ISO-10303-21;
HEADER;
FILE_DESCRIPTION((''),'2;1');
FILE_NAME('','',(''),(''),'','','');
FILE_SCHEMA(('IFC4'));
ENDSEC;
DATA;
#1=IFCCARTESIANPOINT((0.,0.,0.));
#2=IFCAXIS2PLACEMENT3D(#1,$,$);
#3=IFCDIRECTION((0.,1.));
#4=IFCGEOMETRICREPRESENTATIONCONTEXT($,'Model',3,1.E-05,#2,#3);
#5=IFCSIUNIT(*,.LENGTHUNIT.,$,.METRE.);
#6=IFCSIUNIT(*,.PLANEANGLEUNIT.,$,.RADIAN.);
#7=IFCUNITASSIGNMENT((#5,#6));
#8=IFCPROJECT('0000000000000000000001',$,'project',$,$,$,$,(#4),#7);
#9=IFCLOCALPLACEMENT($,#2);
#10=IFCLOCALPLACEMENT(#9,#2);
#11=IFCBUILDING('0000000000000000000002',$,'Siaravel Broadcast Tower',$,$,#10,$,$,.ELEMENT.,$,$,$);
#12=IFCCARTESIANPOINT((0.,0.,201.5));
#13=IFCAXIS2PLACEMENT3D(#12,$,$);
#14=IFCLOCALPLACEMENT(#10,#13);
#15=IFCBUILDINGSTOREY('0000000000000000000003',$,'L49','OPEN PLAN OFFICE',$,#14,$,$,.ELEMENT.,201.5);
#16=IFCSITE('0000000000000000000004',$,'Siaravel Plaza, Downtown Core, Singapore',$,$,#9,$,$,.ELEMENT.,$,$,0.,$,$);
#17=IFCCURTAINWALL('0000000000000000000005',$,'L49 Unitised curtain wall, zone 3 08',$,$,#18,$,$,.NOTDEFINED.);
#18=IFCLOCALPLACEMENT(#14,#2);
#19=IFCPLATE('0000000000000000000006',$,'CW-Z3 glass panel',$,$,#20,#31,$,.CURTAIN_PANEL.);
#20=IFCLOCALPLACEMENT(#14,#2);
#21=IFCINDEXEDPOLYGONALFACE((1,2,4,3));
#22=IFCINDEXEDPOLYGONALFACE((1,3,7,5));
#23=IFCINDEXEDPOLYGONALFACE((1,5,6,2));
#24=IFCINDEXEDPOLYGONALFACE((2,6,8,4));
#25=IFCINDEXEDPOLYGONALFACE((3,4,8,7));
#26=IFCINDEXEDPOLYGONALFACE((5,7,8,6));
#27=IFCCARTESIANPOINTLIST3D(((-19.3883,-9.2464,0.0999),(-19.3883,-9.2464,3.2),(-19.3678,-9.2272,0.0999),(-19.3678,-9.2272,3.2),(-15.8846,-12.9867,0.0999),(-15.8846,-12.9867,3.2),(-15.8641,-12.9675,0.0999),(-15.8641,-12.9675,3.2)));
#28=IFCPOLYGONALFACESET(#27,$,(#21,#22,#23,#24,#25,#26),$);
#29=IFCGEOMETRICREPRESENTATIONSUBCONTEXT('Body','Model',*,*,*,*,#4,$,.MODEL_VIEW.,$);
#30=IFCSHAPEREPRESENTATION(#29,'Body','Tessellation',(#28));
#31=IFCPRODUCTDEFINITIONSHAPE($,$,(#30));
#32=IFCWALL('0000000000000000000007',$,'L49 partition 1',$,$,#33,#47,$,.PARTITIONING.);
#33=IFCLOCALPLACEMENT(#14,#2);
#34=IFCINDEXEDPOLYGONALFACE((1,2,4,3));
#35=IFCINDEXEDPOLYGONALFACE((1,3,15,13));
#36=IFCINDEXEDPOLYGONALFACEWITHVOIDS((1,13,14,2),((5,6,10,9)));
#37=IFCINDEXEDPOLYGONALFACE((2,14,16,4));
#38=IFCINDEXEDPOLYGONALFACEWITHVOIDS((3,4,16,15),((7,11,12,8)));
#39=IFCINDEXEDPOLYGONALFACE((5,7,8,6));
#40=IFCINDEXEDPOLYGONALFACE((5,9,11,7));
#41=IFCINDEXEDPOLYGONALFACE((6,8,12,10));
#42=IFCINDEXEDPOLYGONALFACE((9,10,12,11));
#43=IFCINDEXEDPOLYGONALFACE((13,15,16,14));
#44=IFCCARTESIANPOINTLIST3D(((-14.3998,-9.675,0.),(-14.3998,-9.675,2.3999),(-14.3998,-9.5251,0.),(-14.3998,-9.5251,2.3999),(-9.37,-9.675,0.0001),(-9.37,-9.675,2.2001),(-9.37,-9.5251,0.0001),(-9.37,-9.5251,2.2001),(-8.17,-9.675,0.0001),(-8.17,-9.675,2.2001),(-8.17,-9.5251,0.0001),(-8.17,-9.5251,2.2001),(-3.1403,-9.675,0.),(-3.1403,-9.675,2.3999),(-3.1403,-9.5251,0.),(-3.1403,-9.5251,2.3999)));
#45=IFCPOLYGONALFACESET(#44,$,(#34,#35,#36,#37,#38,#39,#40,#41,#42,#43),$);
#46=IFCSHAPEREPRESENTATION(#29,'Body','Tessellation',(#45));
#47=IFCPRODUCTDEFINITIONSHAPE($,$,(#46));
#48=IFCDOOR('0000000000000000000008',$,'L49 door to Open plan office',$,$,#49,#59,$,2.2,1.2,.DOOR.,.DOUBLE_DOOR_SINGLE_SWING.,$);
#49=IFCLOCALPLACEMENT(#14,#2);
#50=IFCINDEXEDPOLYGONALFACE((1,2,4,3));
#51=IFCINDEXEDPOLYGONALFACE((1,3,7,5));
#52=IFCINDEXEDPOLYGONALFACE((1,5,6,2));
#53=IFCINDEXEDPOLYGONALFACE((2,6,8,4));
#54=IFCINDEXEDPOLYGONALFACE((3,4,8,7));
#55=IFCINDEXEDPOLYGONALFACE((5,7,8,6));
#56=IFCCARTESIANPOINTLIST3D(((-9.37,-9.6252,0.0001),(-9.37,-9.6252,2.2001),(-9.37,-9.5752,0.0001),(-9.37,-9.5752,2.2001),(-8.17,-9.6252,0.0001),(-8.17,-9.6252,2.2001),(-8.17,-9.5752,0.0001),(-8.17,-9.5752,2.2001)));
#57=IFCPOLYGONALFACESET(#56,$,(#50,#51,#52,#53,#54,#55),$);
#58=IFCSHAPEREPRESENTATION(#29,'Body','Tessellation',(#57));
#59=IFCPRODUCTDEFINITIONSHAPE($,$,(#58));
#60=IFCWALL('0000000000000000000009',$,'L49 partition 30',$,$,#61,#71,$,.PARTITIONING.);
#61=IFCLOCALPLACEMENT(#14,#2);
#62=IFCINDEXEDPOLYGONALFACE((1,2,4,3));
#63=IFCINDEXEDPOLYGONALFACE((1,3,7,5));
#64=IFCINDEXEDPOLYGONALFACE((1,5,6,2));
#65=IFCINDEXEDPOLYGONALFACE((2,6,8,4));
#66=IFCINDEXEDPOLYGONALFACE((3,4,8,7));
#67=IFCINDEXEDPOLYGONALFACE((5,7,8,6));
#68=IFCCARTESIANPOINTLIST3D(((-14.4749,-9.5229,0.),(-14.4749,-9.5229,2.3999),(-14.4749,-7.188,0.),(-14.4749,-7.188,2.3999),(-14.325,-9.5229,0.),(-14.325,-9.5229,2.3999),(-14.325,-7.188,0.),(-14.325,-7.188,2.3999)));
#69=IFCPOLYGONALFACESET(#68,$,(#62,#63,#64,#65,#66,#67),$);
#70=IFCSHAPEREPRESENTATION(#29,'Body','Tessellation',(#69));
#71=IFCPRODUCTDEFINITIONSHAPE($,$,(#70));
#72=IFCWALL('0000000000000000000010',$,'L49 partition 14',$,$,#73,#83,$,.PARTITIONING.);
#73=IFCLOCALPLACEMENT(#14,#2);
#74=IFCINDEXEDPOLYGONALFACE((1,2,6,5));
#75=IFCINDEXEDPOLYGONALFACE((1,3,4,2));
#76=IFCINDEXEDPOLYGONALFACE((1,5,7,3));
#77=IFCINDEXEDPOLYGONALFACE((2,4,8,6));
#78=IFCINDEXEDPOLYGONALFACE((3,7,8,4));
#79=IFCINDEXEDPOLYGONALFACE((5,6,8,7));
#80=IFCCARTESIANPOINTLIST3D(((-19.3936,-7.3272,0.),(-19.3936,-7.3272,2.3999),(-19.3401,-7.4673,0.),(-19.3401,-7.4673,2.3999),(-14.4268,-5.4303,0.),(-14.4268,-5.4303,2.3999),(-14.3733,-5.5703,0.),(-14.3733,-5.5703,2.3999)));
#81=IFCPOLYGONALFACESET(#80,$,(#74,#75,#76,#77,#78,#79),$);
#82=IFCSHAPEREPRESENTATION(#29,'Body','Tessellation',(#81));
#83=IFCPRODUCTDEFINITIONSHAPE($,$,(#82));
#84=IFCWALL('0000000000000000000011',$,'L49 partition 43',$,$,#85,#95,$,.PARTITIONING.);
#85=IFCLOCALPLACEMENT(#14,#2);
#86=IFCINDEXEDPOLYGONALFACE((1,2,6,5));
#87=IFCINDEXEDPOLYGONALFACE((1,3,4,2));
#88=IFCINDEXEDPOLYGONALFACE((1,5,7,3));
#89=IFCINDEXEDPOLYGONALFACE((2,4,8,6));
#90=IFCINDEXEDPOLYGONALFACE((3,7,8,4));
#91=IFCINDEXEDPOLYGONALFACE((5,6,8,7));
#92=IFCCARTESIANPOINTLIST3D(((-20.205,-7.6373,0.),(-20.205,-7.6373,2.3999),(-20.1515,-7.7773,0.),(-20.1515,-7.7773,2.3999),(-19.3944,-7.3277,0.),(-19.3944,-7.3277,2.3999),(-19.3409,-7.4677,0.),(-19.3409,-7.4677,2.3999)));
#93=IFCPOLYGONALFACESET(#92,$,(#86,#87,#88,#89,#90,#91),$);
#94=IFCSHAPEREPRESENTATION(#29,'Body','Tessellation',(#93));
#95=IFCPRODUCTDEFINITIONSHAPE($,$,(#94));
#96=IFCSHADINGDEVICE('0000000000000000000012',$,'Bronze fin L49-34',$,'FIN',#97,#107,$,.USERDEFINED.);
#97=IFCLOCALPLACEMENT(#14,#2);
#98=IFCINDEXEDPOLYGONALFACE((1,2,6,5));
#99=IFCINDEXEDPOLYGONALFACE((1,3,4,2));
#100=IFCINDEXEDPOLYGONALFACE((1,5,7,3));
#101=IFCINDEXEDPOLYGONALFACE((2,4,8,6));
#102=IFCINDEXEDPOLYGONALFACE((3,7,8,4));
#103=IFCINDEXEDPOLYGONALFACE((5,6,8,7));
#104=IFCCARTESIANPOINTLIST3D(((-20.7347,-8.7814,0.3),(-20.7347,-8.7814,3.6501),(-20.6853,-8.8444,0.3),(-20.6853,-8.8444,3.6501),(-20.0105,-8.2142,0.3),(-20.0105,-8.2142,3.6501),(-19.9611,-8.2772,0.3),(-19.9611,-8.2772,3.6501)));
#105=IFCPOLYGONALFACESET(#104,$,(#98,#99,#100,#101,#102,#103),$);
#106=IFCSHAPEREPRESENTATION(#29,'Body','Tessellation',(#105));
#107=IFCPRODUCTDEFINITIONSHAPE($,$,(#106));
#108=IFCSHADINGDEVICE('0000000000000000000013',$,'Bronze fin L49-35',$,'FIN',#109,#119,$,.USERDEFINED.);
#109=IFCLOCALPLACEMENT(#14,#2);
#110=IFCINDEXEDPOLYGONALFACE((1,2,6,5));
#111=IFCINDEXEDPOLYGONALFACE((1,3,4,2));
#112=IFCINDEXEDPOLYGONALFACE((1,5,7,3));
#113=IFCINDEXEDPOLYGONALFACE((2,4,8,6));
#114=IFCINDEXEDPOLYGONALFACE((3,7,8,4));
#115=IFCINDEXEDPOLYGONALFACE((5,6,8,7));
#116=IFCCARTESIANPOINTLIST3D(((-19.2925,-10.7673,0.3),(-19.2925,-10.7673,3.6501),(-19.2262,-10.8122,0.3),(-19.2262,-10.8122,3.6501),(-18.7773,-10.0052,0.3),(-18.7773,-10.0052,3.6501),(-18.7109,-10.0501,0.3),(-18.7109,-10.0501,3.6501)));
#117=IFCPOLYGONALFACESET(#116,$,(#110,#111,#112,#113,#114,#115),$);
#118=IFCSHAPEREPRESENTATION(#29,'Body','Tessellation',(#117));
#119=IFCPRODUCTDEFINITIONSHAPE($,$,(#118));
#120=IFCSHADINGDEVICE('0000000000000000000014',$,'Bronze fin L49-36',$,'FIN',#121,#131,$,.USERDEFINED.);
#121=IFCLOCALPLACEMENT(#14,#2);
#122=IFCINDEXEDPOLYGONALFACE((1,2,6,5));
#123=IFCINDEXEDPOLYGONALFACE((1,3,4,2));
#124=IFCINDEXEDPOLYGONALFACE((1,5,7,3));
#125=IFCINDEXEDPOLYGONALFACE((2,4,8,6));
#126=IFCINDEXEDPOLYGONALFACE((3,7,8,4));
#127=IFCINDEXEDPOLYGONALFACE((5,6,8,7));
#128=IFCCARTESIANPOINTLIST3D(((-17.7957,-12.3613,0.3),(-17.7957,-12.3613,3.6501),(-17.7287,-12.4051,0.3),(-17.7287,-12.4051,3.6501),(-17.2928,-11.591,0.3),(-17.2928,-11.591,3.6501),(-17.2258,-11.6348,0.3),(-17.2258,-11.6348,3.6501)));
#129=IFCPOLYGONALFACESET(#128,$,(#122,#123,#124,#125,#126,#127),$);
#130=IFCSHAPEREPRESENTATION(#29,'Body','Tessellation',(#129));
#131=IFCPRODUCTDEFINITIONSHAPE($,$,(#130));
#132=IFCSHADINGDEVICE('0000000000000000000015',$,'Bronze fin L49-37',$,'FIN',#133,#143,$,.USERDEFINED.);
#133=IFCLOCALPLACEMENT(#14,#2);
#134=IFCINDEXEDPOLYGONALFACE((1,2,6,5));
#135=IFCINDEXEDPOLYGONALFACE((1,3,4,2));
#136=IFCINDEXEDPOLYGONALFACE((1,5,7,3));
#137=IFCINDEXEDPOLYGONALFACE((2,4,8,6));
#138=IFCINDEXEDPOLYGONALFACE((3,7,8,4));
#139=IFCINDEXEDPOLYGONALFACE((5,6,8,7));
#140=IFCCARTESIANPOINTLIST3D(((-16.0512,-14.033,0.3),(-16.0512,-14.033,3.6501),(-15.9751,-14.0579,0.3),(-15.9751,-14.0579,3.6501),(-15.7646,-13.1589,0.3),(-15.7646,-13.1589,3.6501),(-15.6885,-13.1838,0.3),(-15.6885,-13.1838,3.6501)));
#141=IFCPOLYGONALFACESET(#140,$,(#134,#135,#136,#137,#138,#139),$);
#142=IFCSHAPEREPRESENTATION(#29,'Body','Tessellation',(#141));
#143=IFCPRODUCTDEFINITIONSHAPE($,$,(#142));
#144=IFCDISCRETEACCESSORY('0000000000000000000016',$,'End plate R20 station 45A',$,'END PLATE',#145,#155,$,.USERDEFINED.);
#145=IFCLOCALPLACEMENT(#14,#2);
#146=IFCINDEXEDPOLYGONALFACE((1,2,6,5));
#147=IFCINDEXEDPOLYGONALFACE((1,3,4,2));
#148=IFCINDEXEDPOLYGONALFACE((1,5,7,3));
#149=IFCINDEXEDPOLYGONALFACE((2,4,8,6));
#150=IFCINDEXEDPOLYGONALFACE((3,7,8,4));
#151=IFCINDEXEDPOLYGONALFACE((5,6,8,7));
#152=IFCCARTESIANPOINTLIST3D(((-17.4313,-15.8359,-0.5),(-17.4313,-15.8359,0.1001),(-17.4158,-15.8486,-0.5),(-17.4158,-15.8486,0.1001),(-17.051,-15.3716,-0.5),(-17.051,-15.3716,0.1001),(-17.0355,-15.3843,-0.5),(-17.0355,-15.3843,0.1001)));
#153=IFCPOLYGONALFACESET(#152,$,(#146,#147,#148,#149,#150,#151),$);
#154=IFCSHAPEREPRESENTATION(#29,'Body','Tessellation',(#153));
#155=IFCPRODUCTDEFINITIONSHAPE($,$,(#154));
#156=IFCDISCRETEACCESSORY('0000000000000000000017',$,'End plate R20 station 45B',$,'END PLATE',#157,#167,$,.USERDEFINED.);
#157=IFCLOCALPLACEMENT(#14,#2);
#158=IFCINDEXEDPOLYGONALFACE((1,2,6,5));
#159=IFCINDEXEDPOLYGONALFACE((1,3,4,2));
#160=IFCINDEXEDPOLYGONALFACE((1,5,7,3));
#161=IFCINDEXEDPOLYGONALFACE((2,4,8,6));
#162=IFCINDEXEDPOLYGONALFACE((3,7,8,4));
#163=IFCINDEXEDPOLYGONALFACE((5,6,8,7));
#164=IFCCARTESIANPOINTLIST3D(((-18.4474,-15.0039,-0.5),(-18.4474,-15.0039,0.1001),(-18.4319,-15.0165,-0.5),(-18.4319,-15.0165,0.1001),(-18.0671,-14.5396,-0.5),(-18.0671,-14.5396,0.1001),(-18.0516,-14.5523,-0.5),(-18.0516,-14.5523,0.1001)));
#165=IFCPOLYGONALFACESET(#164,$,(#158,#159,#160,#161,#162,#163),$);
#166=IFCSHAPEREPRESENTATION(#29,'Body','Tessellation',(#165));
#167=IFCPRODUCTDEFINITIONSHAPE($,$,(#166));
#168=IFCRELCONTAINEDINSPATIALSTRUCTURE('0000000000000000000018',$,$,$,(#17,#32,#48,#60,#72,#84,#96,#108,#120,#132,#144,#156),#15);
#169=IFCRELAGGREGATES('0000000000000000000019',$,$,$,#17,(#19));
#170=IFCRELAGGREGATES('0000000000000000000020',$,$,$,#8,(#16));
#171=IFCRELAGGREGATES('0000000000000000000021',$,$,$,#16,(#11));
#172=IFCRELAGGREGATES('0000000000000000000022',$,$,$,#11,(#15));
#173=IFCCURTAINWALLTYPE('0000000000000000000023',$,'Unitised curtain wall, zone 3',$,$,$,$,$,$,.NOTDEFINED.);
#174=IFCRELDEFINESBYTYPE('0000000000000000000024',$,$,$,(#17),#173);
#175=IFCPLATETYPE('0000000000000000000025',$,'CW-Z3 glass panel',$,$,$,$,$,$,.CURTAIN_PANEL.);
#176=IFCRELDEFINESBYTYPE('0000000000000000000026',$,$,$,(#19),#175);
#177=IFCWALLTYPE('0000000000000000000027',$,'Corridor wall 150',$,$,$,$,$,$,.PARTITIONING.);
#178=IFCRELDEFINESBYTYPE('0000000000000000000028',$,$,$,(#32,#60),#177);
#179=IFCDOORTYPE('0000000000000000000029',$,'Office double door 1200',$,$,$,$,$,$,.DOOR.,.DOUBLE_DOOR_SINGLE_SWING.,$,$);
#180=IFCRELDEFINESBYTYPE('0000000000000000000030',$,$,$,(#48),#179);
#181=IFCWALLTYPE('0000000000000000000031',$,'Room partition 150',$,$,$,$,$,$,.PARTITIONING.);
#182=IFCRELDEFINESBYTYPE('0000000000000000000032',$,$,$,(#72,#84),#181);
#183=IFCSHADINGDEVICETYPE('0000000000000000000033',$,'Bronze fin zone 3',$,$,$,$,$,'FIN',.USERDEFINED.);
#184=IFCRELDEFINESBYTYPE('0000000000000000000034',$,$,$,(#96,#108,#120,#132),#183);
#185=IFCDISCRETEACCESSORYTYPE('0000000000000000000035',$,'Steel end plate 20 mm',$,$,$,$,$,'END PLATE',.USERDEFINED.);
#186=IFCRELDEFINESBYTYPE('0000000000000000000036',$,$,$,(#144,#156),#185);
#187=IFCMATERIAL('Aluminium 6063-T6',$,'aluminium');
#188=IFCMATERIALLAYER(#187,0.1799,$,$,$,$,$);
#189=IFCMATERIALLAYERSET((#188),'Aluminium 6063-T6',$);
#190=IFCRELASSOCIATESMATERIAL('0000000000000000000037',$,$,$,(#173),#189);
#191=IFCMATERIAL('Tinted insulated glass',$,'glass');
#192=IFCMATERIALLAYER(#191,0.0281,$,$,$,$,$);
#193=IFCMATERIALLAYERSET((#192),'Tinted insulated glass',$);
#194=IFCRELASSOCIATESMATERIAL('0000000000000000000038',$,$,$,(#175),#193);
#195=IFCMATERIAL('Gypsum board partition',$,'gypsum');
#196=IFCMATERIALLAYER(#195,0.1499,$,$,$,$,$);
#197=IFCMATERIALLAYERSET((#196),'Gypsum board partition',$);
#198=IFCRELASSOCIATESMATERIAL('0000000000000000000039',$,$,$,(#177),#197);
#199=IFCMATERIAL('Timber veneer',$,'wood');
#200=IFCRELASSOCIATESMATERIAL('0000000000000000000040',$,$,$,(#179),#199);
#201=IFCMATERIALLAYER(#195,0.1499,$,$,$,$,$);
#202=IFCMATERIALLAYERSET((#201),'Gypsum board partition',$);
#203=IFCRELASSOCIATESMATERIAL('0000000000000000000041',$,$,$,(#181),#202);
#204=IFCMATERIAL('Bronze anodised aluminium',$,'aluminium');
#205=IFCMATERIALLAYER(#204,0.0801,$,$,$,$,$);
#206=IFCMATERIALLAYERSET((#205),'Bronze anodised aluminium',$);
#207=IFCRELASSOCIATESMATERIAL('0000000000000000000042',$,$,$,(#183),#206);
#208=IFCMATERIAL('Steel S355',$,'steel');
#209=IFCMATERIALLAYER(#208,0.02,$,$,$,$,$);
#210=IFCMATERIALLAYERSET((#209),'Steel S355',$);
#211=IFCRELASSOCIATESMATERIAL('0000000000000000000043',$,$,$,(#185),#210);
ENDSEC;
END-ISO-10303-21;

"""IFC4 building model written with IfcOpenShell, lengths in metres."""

from ifc_helpers import new_model, si_unit, direction, frame, frame_2d, origin, origin_2d, place, context, subcontext, project, spatial, rectangle, extrude, material, layer, layer_set, type_object, element, fill, aggregate, save


model = new_model("IFC4")

# Units and contexts
model_context = context("Model", 3, precision=1e-05, world=origin(), true_north=direction((0.0, 1.0)))
body_context = subcontext(model_context, "Body", "Model", "MODEL_VIEW")
ifc_project = project(units=[si_unit("LENGTHUNIT", "METRE"), si_unit("PLANEANGLEUNIT", "RADIAN")], contexts=[model_context])

# Site, building, storey
site_placement = place(None, origin())
site = spatial("IfcSite", under=ifc_project, at=site_placement, Name="Siaravel Plaza, Downtown Core, Singapore", CompositionType="ELEMENT", RefElevation=0.0)
building_placement = place(site_placement, origin())
building = spatial("IfcBuilding", under=site, at=building_placement, Name="Siaravel Broadcast Tower", CompositionType="ELEMENT")
storey_placement = place(building_placement, frame((0.0, 0.0, 201.5)))
storey = spatial("IfcBuildingStorey", under=building, at=storey_placement, Name="L49", Description="OPEN PLAN OFFICE", CompositionType="ELEMENT", Elevation=201.5)

# Shared definitions
ifc_material_1 = material(Name="Steel S355", Category="steel")

# Shared definitions
ifc_material_2 = material(Name="Aluminium 6063-T6", Category="aluminium")
ifc_layer_1 = layer(ifc_material_2, 0.1799)
ifc_layer_set_1 = layer_set([ifc_layer_1], Name="Aluminium 6063-T6")
curtain_wall_type = type_object("IfcCurtainWallType", Name="Unitised curtain wall, zone 3", PredefinedType="NOTDEFINED", material=ifc_layer_set_1)

# Curtain wall
curtain_wall_1_placement = place(storey_placement, origin())
curtain_wall_1 = element("IfcCurtainWall", 1, at=curtain_wall_1_placement, inside=storey, type_object=curtain_wall_type, Name="L49 Unitised curtain wall, zone 3 08", PredefinedType="NOTDEFINED")

# Plate
ifc_material_3 = material(Name="Tinted insulated glass", Category="glass")
ifc_layer_2 = layer(ifc_material_3, 0.0281)
ifc_layer_set_2 = layer_set([ifc_layer_2], Name="Tinted insulated glass")
plate_type = type_object("IfcPlateType", Name="CW-Z3 glass panel", PredefinedType="CURTAIN_PANEL", material=ifc_layer_set_2)
plate_placement = place(storey_placement, frame((-17.6262, -11.1069, 0.0999), z_axis=(0.0, 0.0, 1.0), x_axis=(0.683653, -0.729807, 0.0)))
plate = element("IfcPlate", 2, at=plate_placement, type_object=plate_type, Name="CW-Z3 glass panel", PredefinedType="CURTAIN_PANEL", context=body_context, shape_type="SweptSolid", body=[
    extrude(rectangle(XDim=5.125, YDim=0.0281, at=origin_2d()), origin(), (0.0, 0.0, 1.0), 3.1001),
])
aggregate(curtain_wall_1, [plate])

# Wall, opening, door
ifc_material_4 = material(Name="Gypsum board partition", Category="gypsum")
ifc_layer_3 = layer(ifc_material_4, 0.1499)
ifc_layer_set_3 = layer_set([ifc_layer_3], Name="Gypsum board partition")
wall_type_1 = type_object("IfcWallType", Name="Corridor wall 150", PredefinedType="PARTITIONING", material=ifc_layer_set_3)
wall_1_placement = place(storey_placement, frame((-14.3999, -9.6001, 0.0), z_axis=(0.0, 0.0, 1.0), x_axis=(1.0, 0.0, 0.0)))
wall_1 = element("IfcWall", 3, at=wall_1_placement, inside=storey, type_object=wall_type_1, Name="L49 partition 1", PredefinedType="PARTITIONING", context=body_context, shape_type="SweptSolid", body=[
    extrude(rectangle(XDim=11.2595, YDim=0.1499, at=frame_2d((5.6299, 0.0))), origin(), (0.0, 0.0, 1.0), 2.3999),
])
opening_placement = place(wall_1_placement, frame((5.0298, 0.0, 0.0)))
opening = element("IfcOpeningElement", 4, at=opening_placement, cuts=wall_1, PredefinedType="OPENING", context=body_context, shape_type="SweptSolid", body=[
    extrude(rectangle(XDim=1.2, YDim=2.2, at=frame_2d((0.6001, 1.1001))), frame((0.0, 0.085, 0.0), z_axis=(0.0, -1.0, 0.0), x_axis=(1.0, 0.0, 0.0)), (0.0, 0.0, 1.0), 0.1699),
])
ifc_material_5 = material(Name="Timber veneer", Category="wood")
door_type = type_object("IfcDoorType", Name="Office double door 1200", OperationType="DOUBLE_DOOR_SINGLE_SWING", PredefinedType="DOOR", material=ifc_material_5)
door_placement = place(opening_placement, origin())
door = element("IfcDoor", 5, at=door_placement, inside=storey, type_object=door_type, Name="L49 door to Open plan office", OperationType="DOUBLE_DOOR_SINGLE_SWING", OverallHeight=2.2, OverallWidth=1.2, PredefinedType="DOOR", context=body_context, shape_type="SweptSolid", body=[
    extrude(rectangle(XDim=1.2, YDim=2.2, at=frame_2d((0.6001, 1.1001))), frame((0.0, 0.0249, 0.0), z_axis=(0.0, -1.0, 0.0), x_axis=(1.0, 0.0, 0.0)), (0.0, 0.0, 1.0), 0.05),
])
fill(opening, door)

# Walls
wall_2_placement = place(storey_placement, frame((-14.3999, -7.188, 0.0), z_axis=(0.0, 0.0, 1.0), x_axis=(0.0, -1.0, 0.0)))
element("IfcWall", 6, at=wall_2_placement, inside=storey, type_object=wall_type_1, Name="L49 partition 30", PredefinedType="PARTITIONING", context=body_context, shape_type="SweptSolid", body=[
    extrude(rectangle(XDim=2.335, YDim=0.1499, at=frame_2d((1.1675, 0.0))), origin(), (0.0, 0.0, 1.0), 2.3999),
])
ifc_layer_4 = layer(ifc_material_4, 0.1499)
ifc_layer_set_4 = layer_set([ifc_layer_4], Name="Gypsum board partition")
wall_type_2 = type_object("IfcWallType", Name="Room partition 150", PredefinedType="PARTITIONING", material=ifc_layer_set_4)
wall_3_placement = place(storey_placement, frame((-19.3667, -7.3972, 0.0), z_axis=(0.0, 0.0, 1.0), x_axis=(0.934183, 0.356793, 0.0)))
element("IfcWall", 7, at=wall_3_placement, inside=storey, type_object=wall_type_2, Name="L49 partition 14", PredefinedType="PARTITIONING", context=body_context, shape_type="SweptSolid", body=[
    extrude(rectangle(XDim=5.3167, YDim=0.1499, at=frame_2d((2.6582, 0.0))), origin(), (0.0, 0.0, 1.0), 2.3999),
])
wall_4_placement = place(storey_placement, frame((-20.1782, -7.7073, 0.0), z_axis=(0.0, 0.0, 1.0), x_axis=(0.934184, 0.356791, 0.0)))
element("IfcWall", 8, at=wall_4_placement, inside=storey, type_object=wall_type_2, Name="L49 partition 43", PredefinedType="PARTITIONING", context=body_context, shape_type="SweptSolid", body=[
    extrude(rectangle(XDim=0.8677, YDim=0.1499, at=frame_2d((0.4338, 0.0))), origin(), (0.0, 0.0, 1.0), 2.3999),
])

# Shading devices
ifc_material_6 = material(Name="Bronze anodised aluminium", Category="aluminium")
ifc_layer_5 = layer(ifc_material_6, 0.0801)
ifc_layer_set_5 = layer_set([ifc_layer_5], Name="Bronze anodised aluminium")
shading_device_type = type_object("IfcShadingDeviceType", Name="Bronze fin zone 3", ElementType="FIN", PredefinedType="USERDEFINED", material=ifc_layer_set_5)
for number, where, z_axis, x_axis, name in (
    (9, (-20.3479, -8.5293, 0.3), (0.0, 0.0, 1.0), (-0.787275, -0.616602, 0.0), "Bronze fin L49-34"),
    (10, (-19.0017, -10.4087, 0.3), (0.0, 0.0, 1.0), (-0.560103, -0.828423, 0.0), "Bronze fin L49-35"),
    (11, (-17.5107, -11.998, 0.3), (0.0, 0.0, 1.0), (-0.546691, -0.837334, 0.0), "Bronze fin L49-36"),
    (12, (-15.8699, -13.6084, 0.3), (0.0, 0.0, 1.0), (-0.311567, -0.950224, 0.0), "Bronze fin L49-37"),
):
    element("IfcShadingDevice", number, at=place(storey_placement, frame(where, z_axis=z_axis, x_axis=x_axis)), inside=storey, type_object=shading_device_type, Name=name, ObjectType="FIN", PredefinedType="USERDEFINED", context=body_context, shape_type="SweptSolid", body=[
        extrude(rectangle(XDim=0.9199, YDim=0.0801, at=origin_2d()), origin(), (0.0, 0.0, 1.0), 3.3501),
    ])

# Discrete accessories
ifc_layer_6 = layer(ifc_material_1, 0.02)
ifc_layer_set_6 = layer_set([ifc_layer_6], Name="Steel S355")
discrete_accessory_type = type_object("IfcDiscreteAccessoryType", Name="Steel end plate 20 mm", ElementType="END PLATE", PredefinedType="USERDEFINED", material=ifc_layer_set_6)
for number, where, z_axis, x_axis, name in (
    (13, (-17.2334, -15.6101, -0.5), (0.0, 0.0, 1.0), (0.773605, -0.633669, 0.0), "End plate R20 station 45A"),
    (14, (-18.2495, -14.7781, -0.5), (0.0, 0.0, 1.0), (0.773605, -0.633669, 0.0), "End plate R20 station 45B"),
):
    element("IfcDiscreteAccessory", number, at=place(storey_placement, frame(where, z_axis=z_axis, x_axis=x_axis)), inside=storey, type_object=discrete_accessory_type, Name=name, ObjectType="END PLATE", PredefinedType="USERDEFINED", context=body_context, shape_type="SweptSolid", body=[
        extrude(rectangle(XDim=0.02, YDim=0.6001, at=origin_2d()), origin(), (0.0, 0.0, 1.0), 0.6001),
    ])

save(model, "model.ifc")
